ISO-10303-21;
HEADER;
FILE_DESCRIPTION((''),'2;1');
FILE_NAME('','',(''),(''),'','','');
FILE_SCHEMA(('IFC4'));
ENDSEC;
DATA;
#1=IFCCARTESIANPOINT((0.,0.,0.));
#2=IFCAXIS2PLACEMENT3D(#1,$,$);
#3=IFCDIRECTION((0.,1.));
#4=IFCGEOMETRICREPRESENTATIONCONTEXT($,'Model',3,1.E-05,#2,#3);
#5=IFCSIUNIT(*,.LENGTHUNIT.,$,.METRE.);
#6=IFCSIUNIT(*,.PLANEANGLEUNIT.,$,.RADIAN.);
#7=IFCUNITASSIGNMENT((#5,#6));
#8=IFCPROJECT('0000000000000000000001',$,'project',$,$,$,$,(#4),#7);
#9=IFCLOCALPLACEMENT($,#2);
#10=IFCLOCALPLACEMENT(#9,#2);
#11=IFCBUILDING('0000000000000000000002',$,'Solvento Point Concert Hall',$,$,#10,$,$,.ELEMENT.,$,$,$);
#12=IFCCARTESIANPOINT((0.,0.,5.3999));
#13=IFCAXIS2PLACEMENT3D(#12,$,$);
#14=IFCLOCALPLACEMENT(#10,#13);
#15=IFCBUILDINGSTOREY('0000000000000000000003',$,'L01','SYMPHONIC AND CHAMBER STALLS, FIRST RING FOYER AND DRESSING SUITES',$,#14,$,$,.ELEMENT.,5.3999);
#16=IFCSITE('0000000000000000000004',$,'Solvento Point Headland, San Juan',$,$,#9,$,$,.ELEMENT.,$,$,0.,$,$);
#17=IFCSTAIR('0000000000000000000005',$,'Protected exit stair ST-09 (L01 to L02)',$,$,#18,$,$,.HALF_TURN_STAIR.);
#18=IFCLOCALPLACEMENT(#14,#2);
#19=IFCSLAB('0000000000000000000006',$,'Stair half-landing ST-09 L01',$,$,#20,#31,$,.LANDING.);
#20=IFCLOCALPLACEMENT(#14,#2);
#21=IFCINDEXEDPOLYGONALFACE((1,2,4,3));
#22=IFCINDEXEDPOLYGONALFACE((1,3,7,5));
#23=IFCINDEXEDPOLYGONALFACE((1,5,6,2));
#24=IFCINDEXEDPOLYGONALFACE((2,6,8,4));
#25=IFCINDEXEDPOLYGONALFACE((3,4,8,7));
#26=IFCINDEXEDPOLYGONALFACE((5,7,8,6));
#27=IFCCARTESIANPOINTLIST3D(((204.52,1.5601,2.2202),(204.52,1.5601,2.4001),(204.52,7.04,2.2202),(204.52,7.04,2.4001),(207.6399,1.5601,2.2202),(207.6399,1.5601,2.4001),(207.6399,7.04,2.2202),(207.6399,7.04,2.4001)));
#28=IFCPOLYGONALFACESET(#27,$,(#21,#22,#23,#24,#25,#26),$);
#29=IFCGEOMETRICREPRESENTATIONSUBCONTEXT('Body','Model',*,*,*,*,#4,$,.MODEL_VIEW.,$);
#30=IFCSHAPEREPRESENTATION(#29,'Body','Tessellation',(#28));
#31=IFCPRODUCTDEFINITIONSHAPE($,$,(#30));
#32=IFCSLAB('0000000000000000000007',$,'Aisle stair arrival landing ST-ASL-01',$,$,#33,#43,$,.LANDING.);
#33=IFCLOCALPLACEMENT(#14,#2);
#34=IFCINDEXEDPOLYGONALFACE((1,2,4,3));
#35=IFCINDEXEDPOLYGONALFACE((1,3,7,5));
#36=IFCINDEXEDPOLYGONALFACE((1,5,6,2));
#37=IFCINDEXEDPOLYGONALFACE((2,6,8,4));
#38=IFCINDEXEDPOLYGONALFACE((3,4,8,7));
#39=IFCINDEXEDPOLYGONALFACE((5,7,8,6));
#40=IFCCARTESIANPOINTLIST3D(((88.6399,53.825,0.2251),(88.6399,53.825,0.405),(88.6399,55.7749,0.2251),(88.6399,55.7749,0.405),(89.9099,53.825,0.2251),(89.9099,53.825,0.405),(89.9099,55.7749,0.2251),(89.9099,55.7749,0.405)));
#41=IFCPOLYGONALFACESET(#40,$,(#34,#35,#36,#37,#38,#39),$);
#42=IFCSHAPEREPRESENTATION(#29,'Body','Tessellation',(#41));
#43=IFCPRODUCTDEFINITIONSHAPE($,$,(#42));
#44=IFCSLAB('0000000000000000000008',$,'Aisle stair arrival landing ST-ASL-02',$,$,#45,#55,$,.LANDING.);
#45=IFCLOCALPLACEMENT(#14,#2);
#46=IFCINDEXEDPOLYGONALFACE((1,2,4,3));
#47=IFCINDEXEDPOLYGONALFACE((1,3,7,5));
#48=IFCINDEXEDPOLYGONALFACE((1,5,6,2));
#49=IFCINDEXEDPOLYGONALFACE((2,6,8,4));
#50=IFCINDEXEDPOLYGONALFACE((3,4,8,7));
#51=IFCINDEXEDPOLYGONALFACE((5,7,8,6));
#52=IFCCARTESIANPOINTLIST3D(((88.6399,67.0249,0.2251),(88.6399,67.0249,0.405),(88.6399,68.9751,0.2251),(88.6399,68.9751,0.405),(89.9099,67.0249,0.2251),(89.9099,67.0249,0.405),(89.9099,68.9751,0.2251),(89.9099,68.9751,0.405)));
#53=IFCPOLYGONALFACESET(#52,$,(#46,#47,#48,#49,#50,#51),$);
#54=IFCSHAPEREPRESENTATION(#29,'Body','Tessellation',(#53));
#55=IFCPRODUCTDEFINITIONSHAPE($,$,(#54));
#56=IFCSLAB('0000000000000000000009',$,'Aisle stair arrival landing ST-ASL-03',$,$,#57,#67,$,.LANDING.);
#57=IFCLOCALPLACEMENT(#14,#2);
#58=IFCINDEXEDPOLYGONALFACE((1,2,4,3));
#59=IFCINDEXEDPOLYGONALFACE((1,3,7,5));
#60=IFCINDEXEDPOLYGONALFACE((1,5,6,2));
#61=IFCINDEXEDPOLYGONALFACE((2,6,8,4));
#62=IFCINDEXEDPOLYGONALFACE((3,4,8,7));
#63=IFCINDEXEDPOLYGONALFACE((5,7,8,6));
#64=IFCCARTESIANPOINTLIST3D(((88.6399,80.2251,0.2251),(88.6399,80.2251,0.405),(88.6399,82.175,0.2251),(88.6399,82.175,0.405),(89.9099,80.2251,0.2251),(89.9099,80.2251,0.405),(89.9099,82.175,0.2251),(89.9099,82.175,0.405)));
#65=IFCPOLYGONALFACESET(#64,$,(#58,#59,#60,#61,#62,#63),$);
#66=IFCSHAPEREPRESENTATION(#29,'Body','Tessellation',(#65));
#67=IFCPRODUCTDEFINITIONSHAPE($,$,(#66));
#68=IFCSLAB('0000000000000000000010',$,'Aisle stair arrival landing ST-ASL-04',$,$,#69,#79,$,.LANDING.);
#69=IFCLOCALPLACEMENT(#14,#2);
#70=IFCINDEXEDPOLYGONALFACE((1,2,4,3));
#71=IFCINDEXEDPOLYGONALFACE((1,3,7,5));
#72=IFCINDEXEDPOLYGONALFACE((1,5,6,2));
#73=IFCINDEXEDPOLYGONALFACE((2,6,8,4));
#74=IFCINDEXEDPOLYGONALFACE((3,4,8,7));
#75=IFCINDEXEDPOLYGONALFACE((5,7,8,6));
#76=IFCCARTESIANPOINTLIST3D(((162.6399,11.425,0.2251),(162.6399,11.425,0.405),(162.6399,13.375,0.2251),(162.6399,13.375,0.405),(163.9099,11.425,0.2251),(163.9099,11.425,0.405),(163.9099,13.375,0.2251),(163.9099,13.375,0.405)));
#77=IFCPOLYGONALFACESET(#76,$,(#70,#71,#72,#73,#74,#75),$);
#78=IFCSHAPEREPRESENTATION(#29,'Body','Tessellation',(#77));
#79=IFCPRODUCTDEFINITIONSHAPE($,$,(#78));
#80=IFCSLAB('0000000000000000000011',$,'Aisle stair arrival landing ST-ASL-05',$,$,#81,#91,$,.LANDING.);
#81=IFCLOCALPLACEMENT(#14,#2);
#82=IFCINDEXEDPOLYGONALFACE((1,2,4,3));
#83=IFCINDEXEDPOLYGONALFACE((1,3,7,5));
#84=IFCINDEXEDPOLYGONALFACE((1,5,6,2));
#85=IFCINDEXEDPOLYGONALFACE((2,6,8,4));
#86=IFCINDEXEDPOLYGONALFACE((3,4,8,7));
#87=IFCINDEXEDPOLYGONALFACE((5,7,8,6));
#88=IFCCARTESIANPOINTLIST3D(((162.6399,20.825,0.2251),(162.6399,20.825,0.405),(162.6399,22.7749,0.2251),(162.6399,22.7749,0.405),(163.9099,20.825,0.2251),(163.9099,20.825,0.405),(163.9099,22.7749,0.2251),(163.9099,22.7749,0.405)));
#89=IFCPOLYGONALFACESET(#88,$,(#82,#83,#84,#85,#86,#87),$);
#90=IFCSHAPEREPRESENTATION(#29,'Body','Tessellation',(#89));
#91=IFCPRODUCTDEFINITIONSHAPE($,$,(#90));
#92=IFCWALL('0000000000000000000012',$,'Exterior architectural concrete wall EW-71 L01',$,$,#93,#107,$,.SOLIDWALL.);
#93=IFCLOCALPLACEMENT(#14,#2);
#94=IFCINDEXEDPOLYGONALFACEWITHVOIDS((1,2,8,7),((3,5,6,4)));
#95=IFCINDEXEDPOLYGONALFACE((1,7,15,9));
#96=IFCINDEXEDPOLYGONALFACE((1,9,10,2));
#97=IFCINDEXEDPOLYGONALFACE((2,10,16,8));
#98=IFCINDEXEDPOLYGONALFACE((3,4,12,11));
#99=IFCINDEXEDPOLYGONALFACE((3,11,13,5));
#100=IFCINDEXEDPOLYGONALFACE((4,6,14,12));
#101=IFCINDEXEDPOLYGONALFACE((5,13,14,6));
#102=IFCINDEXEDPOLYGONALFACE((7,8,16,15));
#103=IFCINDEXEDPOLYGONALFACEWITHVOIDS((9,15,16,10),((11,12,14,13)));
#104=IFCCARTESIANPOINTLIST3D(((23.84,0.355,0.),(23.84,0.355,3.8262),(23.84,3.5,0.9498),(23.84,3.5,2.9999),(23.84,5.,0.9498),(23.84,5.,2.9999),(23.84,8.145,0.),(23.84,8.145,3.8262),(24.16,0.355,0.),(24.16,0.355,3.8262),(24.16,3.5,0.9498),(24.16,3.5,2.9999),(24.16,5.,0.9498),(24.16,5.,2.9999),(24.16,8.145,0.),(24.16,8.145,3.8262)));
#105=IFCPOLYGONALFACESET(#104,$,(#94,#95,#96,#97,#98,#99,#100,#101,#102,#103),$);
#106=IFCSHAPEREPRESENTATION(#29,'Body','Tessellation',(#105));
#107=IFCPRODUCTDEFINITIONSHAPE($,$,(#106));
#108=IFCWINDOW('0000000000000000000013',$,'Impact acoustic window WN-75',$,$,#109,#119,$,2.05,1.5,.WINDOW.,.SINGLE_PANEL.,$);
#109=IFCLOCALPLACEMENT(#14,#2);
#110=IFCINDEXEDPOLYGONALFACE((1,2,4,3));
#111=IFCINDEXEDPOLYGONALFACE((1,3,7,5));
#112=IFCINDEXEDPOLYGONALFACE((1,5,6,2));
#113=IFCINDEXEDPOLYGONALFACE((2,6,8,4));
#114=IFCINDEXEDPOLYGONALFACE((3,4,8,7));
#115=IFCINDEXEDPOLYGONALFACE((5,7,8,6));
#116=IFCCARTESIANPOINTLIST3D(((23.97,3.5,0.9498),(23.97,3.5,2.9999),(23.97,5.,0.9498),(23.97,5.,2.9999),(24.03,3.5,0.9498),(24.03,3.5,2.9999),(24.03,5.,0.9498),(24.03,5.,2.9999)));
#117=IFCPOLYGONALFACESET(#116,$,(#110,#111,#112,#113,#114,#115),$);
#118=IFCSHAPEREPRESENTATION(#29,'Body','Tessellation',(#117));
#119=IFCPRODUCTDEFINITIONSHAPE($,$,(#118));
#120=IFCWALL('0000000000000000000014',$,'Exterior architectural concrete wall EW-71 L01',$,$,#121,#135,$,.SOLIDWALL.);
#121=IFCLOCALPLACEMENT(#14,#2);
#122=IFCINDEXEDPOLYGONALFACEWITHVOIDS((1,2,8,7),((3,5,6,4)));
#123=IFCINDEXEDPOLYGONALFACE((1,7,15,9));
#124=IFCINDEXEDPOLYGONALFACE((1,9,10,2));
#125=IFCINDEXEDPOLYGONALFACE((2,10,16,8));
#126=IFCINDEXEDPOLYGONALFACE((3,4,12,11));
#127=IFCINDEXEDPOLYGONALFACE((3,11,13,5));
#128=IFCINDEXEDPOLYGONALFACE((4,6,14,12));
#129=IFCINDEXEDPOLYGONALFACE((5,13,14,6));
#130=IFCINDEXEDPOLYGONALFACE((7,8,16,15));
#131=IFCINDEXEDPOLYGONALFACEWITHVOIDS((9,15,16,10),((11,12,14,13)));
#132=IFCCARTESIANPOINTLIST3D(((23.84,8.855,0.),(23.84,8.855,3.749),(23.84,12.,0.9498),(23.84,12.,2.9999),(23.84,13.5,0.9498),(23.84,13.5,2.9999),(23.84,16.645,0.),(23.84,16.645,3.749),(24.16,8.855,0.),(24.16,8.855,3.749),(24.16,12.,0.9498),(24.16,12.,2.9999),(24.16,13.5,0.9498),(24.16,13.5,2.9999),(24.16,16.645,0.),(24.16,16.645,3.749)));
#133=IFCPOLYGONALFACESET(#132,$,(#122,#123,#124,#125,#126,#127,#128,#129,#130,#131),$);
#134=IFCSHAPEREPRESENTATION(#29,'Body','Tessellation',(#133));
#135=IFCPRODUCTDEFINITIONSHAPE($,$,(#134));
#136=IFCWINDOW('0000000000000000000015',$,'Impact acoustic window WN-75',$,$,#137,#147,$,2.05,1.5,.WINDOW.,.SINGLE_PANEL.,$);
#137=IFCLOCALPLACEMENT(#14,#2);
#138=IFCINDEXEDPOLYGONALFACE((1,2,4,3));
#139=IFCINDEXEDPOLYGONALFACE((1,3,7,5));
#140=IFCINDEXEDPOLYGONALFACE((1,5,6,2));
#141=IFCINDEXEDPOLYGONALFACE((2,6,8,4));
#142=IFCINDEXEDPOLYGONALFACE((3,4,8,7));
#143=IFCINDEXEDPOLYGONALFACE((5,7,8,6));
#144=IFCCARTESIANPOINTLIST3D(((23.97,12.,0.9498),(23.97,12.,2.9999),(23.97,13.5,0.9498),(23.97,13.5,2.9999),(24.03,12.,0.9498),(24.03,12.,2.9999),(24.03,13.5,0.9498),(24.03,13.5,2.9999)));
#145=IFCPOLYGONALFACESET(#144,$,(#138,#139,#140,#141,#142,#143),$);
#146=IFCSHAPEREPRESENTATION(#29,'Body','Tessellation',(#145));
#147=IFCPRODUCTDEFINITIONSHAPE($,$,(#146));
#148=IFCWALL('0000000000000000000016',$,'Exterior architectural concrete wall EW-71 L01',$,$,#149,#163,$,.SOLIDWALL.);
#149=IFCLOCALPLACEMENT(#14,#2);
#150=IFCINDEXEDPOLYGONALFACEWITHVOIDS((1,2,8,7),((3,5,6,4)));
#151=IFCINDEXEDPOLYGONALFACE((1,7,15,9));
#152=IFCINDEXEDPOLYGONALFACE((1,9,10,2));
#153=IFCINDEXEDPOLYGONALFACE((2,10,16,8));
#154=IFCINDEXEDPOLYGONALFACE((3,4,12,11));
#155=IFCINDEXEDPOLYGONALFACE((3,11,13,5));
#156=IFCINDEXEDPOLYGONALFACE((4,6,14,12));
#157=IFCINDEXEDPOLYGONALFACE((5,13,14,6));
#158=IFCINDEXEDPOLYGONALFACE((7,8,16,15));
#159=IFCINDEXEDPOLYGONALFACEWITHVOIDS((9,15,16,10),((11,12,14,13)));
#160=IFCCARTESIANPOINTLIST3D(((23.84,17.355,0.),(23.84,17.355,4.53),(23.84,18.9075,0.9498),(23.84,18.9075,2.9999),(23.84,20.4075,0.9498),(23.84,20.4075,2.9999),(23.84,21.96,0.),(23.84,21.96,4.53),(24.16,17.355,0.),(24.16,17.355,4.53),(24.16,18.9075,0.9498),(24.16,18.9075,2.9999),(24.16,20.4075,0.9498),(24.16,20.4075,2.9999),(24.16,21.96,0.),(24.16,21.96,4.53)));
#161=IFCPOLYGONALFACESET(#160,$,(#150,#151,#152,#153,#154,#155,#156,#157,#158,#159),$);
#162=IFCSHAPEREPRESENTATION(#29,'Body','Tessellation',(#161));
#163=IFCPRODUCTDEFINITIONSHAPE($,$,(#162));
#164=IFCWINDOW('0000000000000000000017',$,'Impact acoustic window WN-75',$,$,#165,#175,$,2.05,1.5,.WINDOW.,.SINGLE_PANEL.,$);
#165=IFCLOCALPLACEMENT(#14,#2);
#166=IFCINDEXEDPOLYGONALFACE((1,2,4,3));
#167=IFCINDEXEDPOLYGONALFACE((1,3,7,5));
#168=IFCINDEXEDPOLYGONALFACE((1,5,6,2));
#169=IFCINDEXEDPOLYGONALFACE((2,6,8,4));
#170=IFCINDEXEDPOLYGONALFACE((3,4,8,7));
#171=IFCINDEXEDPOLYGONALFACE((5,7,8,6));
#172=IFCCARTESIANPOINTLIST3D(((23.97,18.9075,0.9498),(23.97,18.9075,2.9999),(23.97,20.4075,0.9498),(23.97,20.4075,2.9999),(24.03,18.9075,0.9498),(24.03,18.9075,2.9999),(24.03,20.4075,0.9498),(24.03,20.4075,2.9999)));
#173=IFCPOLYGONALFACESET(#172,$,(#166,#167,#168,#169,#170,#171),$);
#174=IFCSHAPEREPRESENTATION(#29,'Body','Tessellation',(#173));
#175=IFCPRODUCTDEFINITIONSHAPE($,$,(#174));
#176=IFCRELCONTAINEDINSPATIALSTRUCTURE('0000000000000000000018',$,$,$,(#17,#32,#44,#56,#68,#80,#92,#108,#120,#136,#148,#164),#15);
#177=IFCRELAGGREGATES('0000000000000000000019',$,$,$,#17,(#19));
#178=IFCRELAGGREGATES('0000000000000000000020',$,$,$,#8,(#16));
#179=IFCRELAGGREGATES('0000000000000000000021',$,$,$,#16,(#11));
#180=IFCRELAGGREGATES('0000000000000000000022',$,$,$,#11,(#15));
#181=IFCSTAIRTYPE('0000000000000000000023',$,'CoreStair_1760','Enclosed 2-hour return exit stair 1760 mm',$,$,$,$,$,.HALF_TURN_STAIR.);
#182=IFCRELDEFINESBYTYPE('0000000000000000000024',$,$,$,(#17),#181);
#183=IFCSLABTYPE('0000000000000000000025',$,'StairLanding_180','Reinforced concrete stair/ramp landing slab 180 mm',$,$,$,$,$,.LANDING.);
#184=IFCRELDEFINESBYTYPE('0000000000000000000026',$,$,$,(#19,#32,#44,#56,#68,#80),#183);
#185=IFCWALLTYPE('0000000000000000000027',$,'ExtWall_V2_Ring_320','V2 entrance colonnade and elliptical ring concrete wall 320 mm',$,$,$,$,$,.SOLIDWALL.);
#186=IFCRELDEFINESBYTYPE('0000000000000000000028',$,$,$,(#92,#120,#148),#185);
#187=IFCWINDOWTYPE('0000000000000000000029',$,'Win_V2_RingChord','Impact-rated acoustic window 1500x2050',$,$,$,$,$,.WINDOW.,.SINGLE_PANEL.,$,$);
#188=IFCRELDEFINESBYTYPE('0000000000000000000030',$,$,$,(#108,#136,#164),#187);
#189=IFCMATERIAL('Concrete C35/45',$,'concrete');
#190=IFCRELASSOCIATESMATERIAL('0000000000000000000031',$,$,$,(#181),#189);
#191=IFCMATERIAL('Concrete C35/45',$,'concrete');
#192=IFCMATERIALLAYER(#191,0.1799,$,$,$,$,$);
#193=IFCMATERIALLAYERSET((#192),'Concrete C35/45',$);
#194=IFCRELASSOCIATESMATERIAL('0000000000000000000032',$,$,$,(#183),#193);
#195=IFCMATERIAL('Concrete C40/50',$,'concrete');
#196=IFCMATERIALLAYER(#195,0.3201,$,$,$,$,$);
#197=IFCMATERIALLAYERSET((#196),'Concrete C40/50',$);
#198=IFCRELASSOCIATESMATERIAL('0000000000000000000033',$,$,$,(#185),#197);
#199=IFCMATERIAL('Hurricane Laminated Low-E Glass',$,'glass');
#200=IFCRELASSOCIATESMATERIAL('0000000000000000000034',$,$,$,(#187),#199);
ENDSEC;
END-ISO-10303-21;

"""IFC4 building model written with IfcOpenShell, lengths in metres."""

from ifc_helpers import new_model, si_unit, direction, frame, frame_2d, origin, place, context, subcontext, project, spatial, polyline, rectangle, outline, extrude, material, layer, layer_set, type_object, element, fill, aggregate, save


model = new_model("IFC4")

# Units and contexts
model_context = context("Model", 3, precision=1e-05, world=origin(), true_north=direction((0.0, 1.0)))
body_context = subcontext(model_context, "Body", "Model", "MODEL_VIEW")
ifc_project = project(units=[si_unit("LENGTHUNIT", "METRE"), si_unit("PLANEANGLEUNIT", "RADIAN")], contexts=[model_context])

# Site, building, storey
site_placement = place(None, origin())
site = spatial("IfcSite", under=ifc_project, at=site_placement, Name="Solvento Point Headland, San Juan", CompositionType="ELEMENT", RefElevation=0.0)
building_placement = place(site_placement, origin())
building = spatial("IfcBuilding", under=site, at=building_placement, Name="Solvento Point Concert Hall", CompositionType="ELEMENT")
storey_placement = place(building_placement, frame((0.0, 0.0, 5.3999)))
storey = spatial("IfcBuildingStorey", under=building, at=storey_placement, Name="L01", Description="SYMPHONIC AND CHAMBER STALLS, FIRST RING FOYER AND DRESSING SUITES", CompositionType="ELEMENT", Elevation=5.3999)

# Stair, slab
ifc_material_1 = material(Name="Concrete C35/45", Category="concrete")
stair_type_1 = type_object("IfcStairType", Name="CoreStair_1760", Description="Enclosed 2-hour return exit stair 1760 mm", PredefinedType="HALF_TURN_STAIR", material=ifc_material_1)
ifc_material_2 = material(Name="Concrete C35/45", Category="concrete")
ifc_layer_1 = layer(ifc_material_2, 0.1799)
ifc_layer_set_1 = layer_set([ifc_layer_1], Name="Concrete C35/45")
slab_type = type_object("IfcSlabType", Name="StairLanding_180", Description="Reinforced concrete stair/ramp landing slab 180 mm", PredefinedType="LANDING", material=ifc_layer_set_1)
stair_1_placement = place(storey_placement, origin())
stair_1 = element("IfcStair", 1, at=stair_1_placement, inside=storey, type_object=stair_type_1, Name="Protected exit stair ST-09 (L01 to L02)", PredefinedType="HALF_TURN_STAIR")
slab_1_placement = place(storey_placement, frame((0.0, 0.0, 2.2202)))
slab_1 = element("IfcSlab", 2, at=slab_1_placement, type_object=slab_type, Name="Stair half-landing ST-09 L01", PredefinedType="LANDING", context=body_context, shape_type="SweptSolid", body=[
    extrude(outline(polyline([(204.52, 1.5601), (207.6399, 1.5601), (207.6399, 7.04), (204.52, 7.04), (204.52, 1.5601)])), origin(), (0.0, 0.0, 1.0), 0.1799),
])
aggregate(stair_1, [slab_1])

# Slabs
slab_2_placement = place(storey_placement, frame((0.0, 0.0, 0.2251)))
element("IfcSlab", 3, at=slab_2_placement, inside=storey, type_object=slab_type, Name="Aisle stair arrival landing ST-ASL-01", PredefinedType="LANDING", context=body_context, shape_type="SweptSolid", body=[
    extrude(outline(polyline([(88.6399, 53.825), (89.9099, 53.825), (89.9099, 55.7749), (88.6399, 55.7749), (88.6399, 53.825)])), origin(), (0.0, 0.0, 1.0), 0.1799),
])
slab_3_placement = place(storey_placement, frame((0.0, 0.0, 0.2251)))
element("IfcSlab", 4, at=slab_3_placement, inside=storey, type_object=slab_type, Name="Aisle stair arrival landing ST-ASL-02", PredefinedType="LANDING", context=body_context, shape_type="SweptSolid", body=[
    extrude(outline(polyline([(88.6399, 67.0249), (89.9099, 67.0249), (89.9099, 68.9751), (88.6399, 68.9751), (88.6399, 67.0249)])), origin(), (0.0, 0.0, 1.0), 0.1799),
])
slab_4_placement = place(storey_placement, frame((0.0, 0.0, 0.2251)))
element("IfcSlab", 5, at=slab_4_placement, inside=storey, type_object=slab_type, Name="Aisle stair arrival landing ST-ASL-03", PredefinedType="LANDING", context=body_context, shape_type="SweptSolid", body=[
    extrude(outline(polyline([(88.6399, 80.2251), (89.9099, 80.2251), (89.9099, 82.175), (88.6399, 82.175), (88.6399, 80.2251)])), origin(), (0.0, 0.0, 1.0), 0.1799),
])
slab_5_placement = place(storey_placement, frame((0.0, 0.0, 0.2251)))
element("IfcSlab", 6, at=slab_5_placement, inside=storey, type_object=slab_type, Name="Aisle stair arrival landing ST-ASL-04", PredefinedType="LANDING", context=body_context, shape_type="SweptSolid", body=[
    extrude(outline(polyline([(162.6399, 11.425), (163.9099, 11.425), (163.9099, 13.375), (162.6399, 13.375), (162.6399, 11.425)])), origin(), (0.0, 0.0, 1.0), 0.1799),
])
slab_6_placement = place(storey_placement, frame((0.0, 0.0, 0.2251)))
element("IfcSlab", 7, at=slab_6_placement, inside=storey, type_object=slab_type, Name="Aisle stair arrival landing ST-ASL-05", PredefinedType="LANDING", context=body_context, shape_type="SweptSolid", body=[
    extrude(outline(polyline([(162.6399, 20.825), (163.9099, 20.825), (163.9099, 22.7749), (162.6399, 22.7749), (162.6399, 20.825)])), origin(), (0.0, 0.0, 1.0), 0.1799),
])

# Walls, openings, windows
ifc_material_3 = material(Name="Concrete C40/50", Category="concrete")
ifc_layer_2 = layer(ifc_material_3, 0.3201)
ifc_layer_set_2 = layer_set([ifc_layer_2], Name="Concrete C40/50")
wall_type_1 = type_object("IfcWallType", Name="ExtWall_V2_Ring_320", Description="V2 entrance colonnade and elliptical ring concrete wall 320 mm", PredefinedType="SOLIDWALL", material=ifc_layer_set_2)
wall_1_placement = place(storey_placement, frame((24.0, 0.355, 0.0), z_axis=(0.0, 0.0, 1.0), x_axis=(0.0, 1.0, 0.0)))
wall_1 = element("IfcWall", 8, at=wall_1_placement, inside=storey, type_object=wall_type_1, Name="Exterior architectural concrete wall EW-71 L01", PredefinedType="SOLIDWALL", context=body_context, shape_type="SweptSolid", body=[
    extrude(rectangle(XDim=7.79, YDim=0.3201, at=frame_2d((3.895, 0.0))), origin(), (0.0, 0.0, 1.0), 3.8262),
])
opening_1_placement = place(wall_1_placement, frame((3.145, 0.0, 0.95)))
opening_1 = element("IfcOpeningElement", 9, at=opening_1_placement, cuts=wall_1, PredefinedType="OPENING", context=body_context, shape_type="SweptSolid", body=[
    extrude(rectangle(XDim=1.5, YDim=2.05, at=frame_2d((0.75, 1.0249))), frame((0.0, 0.1699, 0.0), z_axis=(0.0, -1.0, 0.0), x_axis=(1.0, 0.0, 0.0)), (0.0, 0.0, 1.0), 0.3401),
])
ifc_material_4 = material(Name="Hurricane Laminated Low-E Glass", Category="glass")
window_type = type_object("IfcWindowType", Name="Win_V2_RingChord", Description="Impact-rated acoustic window 1500x2050", PartitioningType="SINGLE_PANEL", PredefinedType="WINDOW", material=ifc_material_4)
window_1_placement = place(opening_1_placement, origin())
window_1 = element("IfcWindow", 10, at=window_1_placement, inside=storey, type_object=window_type, Name="Impact acoustic window WN-75", OverallHeight=2.05, OverallWidth=1.5, PartitioningType="SINGLE_PANEL", PredefinedType="WINDOW", context=body_context, shape_type="SweptSolid", body=[
    extrude(rectangle(XDim=1.5, YDim=2.05, at=frame_2d((0.75, 1.0249))), frame((0.0, 0.03, 0.0), z_axis=(0.0, -1.0, 0.0), x_axis=(1.0, 0.0, 0.0)), (0.0, 0.0, 1.0), 0.0601),
])
fill(opening_1, window_1)
wall_2_placement = place(storey_placement, frame((24.0, 8.855, 0.0), z_axis=(0.0, 0.0, 1.0), x_axis=(0.0, 1.0, 0.0)))
wall_2 = element("IfcWall", 11, at=wall_2_placement, inside=storey, type_object=wall_type_1, Name="Exterior architectural concrete wall EW-71 L01", PredefinedType="SOLIDWALL", context=body_context, shape_type="SweptSolid", body=[
    extrude(rectangle(XDim=7.79, YDim=0.3201, at=frame_2d((3.895, 0.0))), origin(), (0.0, 0.0, 1.0), 3.749),
])
opening_2_placement = place(wall_2_placement, frame((3.145, 0.0, 0.95)))
opening_2 = element("IfcOpeningElement", 12, at=opening_2_placement, cuts=wall_2, PredefinedType="OPENING", context=body_context, shape_type="SweptSolid", body=[
    extrude(rectangle(XDim=1.5, YDim=2.05, at=frame_2d((0.75, 1.0249))), frame((0.0, 0.1699, 0.0), z_axis=(0.0, -1.0, 0.0), x_axis=(1.0, 0.0, 0.0)), (0.0, 0.0, 1.0), 0.3401),
])
window_2_placement = place(opening_2_placement, origin())
window_2 = element("IfcWindow", 13, at=window_2_placement, inside=storey, type_object=window_type, Name="Impact acoustic window WN-75", OverallHeight=2.05, OverallWidth=1.5, PartitioningType="SINGLE_PANEL", PredefinedType="WINDOW", context=body_context, shape_type="SweptSolid", body=[
    extrude(rectangle(XDim=1.5, YDim=2.05, at=frame_2d((0.75, 1.0249))), frame((0.0, 0.03, 0.0), z_axis=(0.0, -1.0, 0.0), x_axis=(1.0, 0.0, 0.0)), (0.0, 0.0, 1.0), 0.0601),
])
fill(opening_2, window_2)
wall_3_placement = place(storey_placement, frame((24.0, 17.355, 0.0), z_axis=(0.0, 0.0, 1.0), x_axis=(0.0, 1.0, 0.0)))
wall_3 = element("IfcWall", 14, at=wall_3_placement, inside=storey, type_object=wall_type_1, Name="Exterior architectural concrete wall EW-71 L01", PredefinedType="SOLIDWALL", context=body_context, shape_type="SweptSolid", body=[
    extrude(rectangle(XDim=4.605, YDim=0.3201, at=frame_2d((2.3025, 0.0))), origin(), (0.0, 0.0, 1.0), 4.53),
])
opening_3_placement = place(wall_3_placement, frame((1.5525, 0.0, 0.95)))
opening_3 = element("IfcOpeningElement", 15, at=opening_3_placement, cuts=wall_3, PredefinedType="OPENING", context=body_context, shape_type="SweptSolid", body=[
    extrude(rectangle(XDim=1.5, YDim=2.05, at=frame_2d((0.75, 1.0249))), frame((0.0, 0.1699, 0.0), z_axis=(0.0, -1.0, 0.0), x_axis=(1.0, 0.0, 0.0)), (0.0, 0.0, 1.0), 0.3401),
])
window_3_placement = place(opening_3_placement, origin())
window_3 = element("IfcWindow", 16, at=window_3_placement, inside=storey, type_object=window_type, Name="Impact acoustic window WN-75", OverallHeight=2.05, OverallWidth=1.5, PartitioningType="SINGLE_PANEL", PredefinedType="WINDOW", context=body_context, shape_type="SweptSolid", body=[
    extrude(rectangle(XDim=1.5, YDim=2.05, at=frame_2d((0.75, 1.0249))), frame((0.0, 0.03, 0.0), z_axis=(0.0, -1.0, 0.0), x_axis=(1.0, 0.0, 0.0)), (0.0, 0.0, 1.0), 0.0601),
])
fill(opening_3, window_3)

save(model, "model.ifc")
